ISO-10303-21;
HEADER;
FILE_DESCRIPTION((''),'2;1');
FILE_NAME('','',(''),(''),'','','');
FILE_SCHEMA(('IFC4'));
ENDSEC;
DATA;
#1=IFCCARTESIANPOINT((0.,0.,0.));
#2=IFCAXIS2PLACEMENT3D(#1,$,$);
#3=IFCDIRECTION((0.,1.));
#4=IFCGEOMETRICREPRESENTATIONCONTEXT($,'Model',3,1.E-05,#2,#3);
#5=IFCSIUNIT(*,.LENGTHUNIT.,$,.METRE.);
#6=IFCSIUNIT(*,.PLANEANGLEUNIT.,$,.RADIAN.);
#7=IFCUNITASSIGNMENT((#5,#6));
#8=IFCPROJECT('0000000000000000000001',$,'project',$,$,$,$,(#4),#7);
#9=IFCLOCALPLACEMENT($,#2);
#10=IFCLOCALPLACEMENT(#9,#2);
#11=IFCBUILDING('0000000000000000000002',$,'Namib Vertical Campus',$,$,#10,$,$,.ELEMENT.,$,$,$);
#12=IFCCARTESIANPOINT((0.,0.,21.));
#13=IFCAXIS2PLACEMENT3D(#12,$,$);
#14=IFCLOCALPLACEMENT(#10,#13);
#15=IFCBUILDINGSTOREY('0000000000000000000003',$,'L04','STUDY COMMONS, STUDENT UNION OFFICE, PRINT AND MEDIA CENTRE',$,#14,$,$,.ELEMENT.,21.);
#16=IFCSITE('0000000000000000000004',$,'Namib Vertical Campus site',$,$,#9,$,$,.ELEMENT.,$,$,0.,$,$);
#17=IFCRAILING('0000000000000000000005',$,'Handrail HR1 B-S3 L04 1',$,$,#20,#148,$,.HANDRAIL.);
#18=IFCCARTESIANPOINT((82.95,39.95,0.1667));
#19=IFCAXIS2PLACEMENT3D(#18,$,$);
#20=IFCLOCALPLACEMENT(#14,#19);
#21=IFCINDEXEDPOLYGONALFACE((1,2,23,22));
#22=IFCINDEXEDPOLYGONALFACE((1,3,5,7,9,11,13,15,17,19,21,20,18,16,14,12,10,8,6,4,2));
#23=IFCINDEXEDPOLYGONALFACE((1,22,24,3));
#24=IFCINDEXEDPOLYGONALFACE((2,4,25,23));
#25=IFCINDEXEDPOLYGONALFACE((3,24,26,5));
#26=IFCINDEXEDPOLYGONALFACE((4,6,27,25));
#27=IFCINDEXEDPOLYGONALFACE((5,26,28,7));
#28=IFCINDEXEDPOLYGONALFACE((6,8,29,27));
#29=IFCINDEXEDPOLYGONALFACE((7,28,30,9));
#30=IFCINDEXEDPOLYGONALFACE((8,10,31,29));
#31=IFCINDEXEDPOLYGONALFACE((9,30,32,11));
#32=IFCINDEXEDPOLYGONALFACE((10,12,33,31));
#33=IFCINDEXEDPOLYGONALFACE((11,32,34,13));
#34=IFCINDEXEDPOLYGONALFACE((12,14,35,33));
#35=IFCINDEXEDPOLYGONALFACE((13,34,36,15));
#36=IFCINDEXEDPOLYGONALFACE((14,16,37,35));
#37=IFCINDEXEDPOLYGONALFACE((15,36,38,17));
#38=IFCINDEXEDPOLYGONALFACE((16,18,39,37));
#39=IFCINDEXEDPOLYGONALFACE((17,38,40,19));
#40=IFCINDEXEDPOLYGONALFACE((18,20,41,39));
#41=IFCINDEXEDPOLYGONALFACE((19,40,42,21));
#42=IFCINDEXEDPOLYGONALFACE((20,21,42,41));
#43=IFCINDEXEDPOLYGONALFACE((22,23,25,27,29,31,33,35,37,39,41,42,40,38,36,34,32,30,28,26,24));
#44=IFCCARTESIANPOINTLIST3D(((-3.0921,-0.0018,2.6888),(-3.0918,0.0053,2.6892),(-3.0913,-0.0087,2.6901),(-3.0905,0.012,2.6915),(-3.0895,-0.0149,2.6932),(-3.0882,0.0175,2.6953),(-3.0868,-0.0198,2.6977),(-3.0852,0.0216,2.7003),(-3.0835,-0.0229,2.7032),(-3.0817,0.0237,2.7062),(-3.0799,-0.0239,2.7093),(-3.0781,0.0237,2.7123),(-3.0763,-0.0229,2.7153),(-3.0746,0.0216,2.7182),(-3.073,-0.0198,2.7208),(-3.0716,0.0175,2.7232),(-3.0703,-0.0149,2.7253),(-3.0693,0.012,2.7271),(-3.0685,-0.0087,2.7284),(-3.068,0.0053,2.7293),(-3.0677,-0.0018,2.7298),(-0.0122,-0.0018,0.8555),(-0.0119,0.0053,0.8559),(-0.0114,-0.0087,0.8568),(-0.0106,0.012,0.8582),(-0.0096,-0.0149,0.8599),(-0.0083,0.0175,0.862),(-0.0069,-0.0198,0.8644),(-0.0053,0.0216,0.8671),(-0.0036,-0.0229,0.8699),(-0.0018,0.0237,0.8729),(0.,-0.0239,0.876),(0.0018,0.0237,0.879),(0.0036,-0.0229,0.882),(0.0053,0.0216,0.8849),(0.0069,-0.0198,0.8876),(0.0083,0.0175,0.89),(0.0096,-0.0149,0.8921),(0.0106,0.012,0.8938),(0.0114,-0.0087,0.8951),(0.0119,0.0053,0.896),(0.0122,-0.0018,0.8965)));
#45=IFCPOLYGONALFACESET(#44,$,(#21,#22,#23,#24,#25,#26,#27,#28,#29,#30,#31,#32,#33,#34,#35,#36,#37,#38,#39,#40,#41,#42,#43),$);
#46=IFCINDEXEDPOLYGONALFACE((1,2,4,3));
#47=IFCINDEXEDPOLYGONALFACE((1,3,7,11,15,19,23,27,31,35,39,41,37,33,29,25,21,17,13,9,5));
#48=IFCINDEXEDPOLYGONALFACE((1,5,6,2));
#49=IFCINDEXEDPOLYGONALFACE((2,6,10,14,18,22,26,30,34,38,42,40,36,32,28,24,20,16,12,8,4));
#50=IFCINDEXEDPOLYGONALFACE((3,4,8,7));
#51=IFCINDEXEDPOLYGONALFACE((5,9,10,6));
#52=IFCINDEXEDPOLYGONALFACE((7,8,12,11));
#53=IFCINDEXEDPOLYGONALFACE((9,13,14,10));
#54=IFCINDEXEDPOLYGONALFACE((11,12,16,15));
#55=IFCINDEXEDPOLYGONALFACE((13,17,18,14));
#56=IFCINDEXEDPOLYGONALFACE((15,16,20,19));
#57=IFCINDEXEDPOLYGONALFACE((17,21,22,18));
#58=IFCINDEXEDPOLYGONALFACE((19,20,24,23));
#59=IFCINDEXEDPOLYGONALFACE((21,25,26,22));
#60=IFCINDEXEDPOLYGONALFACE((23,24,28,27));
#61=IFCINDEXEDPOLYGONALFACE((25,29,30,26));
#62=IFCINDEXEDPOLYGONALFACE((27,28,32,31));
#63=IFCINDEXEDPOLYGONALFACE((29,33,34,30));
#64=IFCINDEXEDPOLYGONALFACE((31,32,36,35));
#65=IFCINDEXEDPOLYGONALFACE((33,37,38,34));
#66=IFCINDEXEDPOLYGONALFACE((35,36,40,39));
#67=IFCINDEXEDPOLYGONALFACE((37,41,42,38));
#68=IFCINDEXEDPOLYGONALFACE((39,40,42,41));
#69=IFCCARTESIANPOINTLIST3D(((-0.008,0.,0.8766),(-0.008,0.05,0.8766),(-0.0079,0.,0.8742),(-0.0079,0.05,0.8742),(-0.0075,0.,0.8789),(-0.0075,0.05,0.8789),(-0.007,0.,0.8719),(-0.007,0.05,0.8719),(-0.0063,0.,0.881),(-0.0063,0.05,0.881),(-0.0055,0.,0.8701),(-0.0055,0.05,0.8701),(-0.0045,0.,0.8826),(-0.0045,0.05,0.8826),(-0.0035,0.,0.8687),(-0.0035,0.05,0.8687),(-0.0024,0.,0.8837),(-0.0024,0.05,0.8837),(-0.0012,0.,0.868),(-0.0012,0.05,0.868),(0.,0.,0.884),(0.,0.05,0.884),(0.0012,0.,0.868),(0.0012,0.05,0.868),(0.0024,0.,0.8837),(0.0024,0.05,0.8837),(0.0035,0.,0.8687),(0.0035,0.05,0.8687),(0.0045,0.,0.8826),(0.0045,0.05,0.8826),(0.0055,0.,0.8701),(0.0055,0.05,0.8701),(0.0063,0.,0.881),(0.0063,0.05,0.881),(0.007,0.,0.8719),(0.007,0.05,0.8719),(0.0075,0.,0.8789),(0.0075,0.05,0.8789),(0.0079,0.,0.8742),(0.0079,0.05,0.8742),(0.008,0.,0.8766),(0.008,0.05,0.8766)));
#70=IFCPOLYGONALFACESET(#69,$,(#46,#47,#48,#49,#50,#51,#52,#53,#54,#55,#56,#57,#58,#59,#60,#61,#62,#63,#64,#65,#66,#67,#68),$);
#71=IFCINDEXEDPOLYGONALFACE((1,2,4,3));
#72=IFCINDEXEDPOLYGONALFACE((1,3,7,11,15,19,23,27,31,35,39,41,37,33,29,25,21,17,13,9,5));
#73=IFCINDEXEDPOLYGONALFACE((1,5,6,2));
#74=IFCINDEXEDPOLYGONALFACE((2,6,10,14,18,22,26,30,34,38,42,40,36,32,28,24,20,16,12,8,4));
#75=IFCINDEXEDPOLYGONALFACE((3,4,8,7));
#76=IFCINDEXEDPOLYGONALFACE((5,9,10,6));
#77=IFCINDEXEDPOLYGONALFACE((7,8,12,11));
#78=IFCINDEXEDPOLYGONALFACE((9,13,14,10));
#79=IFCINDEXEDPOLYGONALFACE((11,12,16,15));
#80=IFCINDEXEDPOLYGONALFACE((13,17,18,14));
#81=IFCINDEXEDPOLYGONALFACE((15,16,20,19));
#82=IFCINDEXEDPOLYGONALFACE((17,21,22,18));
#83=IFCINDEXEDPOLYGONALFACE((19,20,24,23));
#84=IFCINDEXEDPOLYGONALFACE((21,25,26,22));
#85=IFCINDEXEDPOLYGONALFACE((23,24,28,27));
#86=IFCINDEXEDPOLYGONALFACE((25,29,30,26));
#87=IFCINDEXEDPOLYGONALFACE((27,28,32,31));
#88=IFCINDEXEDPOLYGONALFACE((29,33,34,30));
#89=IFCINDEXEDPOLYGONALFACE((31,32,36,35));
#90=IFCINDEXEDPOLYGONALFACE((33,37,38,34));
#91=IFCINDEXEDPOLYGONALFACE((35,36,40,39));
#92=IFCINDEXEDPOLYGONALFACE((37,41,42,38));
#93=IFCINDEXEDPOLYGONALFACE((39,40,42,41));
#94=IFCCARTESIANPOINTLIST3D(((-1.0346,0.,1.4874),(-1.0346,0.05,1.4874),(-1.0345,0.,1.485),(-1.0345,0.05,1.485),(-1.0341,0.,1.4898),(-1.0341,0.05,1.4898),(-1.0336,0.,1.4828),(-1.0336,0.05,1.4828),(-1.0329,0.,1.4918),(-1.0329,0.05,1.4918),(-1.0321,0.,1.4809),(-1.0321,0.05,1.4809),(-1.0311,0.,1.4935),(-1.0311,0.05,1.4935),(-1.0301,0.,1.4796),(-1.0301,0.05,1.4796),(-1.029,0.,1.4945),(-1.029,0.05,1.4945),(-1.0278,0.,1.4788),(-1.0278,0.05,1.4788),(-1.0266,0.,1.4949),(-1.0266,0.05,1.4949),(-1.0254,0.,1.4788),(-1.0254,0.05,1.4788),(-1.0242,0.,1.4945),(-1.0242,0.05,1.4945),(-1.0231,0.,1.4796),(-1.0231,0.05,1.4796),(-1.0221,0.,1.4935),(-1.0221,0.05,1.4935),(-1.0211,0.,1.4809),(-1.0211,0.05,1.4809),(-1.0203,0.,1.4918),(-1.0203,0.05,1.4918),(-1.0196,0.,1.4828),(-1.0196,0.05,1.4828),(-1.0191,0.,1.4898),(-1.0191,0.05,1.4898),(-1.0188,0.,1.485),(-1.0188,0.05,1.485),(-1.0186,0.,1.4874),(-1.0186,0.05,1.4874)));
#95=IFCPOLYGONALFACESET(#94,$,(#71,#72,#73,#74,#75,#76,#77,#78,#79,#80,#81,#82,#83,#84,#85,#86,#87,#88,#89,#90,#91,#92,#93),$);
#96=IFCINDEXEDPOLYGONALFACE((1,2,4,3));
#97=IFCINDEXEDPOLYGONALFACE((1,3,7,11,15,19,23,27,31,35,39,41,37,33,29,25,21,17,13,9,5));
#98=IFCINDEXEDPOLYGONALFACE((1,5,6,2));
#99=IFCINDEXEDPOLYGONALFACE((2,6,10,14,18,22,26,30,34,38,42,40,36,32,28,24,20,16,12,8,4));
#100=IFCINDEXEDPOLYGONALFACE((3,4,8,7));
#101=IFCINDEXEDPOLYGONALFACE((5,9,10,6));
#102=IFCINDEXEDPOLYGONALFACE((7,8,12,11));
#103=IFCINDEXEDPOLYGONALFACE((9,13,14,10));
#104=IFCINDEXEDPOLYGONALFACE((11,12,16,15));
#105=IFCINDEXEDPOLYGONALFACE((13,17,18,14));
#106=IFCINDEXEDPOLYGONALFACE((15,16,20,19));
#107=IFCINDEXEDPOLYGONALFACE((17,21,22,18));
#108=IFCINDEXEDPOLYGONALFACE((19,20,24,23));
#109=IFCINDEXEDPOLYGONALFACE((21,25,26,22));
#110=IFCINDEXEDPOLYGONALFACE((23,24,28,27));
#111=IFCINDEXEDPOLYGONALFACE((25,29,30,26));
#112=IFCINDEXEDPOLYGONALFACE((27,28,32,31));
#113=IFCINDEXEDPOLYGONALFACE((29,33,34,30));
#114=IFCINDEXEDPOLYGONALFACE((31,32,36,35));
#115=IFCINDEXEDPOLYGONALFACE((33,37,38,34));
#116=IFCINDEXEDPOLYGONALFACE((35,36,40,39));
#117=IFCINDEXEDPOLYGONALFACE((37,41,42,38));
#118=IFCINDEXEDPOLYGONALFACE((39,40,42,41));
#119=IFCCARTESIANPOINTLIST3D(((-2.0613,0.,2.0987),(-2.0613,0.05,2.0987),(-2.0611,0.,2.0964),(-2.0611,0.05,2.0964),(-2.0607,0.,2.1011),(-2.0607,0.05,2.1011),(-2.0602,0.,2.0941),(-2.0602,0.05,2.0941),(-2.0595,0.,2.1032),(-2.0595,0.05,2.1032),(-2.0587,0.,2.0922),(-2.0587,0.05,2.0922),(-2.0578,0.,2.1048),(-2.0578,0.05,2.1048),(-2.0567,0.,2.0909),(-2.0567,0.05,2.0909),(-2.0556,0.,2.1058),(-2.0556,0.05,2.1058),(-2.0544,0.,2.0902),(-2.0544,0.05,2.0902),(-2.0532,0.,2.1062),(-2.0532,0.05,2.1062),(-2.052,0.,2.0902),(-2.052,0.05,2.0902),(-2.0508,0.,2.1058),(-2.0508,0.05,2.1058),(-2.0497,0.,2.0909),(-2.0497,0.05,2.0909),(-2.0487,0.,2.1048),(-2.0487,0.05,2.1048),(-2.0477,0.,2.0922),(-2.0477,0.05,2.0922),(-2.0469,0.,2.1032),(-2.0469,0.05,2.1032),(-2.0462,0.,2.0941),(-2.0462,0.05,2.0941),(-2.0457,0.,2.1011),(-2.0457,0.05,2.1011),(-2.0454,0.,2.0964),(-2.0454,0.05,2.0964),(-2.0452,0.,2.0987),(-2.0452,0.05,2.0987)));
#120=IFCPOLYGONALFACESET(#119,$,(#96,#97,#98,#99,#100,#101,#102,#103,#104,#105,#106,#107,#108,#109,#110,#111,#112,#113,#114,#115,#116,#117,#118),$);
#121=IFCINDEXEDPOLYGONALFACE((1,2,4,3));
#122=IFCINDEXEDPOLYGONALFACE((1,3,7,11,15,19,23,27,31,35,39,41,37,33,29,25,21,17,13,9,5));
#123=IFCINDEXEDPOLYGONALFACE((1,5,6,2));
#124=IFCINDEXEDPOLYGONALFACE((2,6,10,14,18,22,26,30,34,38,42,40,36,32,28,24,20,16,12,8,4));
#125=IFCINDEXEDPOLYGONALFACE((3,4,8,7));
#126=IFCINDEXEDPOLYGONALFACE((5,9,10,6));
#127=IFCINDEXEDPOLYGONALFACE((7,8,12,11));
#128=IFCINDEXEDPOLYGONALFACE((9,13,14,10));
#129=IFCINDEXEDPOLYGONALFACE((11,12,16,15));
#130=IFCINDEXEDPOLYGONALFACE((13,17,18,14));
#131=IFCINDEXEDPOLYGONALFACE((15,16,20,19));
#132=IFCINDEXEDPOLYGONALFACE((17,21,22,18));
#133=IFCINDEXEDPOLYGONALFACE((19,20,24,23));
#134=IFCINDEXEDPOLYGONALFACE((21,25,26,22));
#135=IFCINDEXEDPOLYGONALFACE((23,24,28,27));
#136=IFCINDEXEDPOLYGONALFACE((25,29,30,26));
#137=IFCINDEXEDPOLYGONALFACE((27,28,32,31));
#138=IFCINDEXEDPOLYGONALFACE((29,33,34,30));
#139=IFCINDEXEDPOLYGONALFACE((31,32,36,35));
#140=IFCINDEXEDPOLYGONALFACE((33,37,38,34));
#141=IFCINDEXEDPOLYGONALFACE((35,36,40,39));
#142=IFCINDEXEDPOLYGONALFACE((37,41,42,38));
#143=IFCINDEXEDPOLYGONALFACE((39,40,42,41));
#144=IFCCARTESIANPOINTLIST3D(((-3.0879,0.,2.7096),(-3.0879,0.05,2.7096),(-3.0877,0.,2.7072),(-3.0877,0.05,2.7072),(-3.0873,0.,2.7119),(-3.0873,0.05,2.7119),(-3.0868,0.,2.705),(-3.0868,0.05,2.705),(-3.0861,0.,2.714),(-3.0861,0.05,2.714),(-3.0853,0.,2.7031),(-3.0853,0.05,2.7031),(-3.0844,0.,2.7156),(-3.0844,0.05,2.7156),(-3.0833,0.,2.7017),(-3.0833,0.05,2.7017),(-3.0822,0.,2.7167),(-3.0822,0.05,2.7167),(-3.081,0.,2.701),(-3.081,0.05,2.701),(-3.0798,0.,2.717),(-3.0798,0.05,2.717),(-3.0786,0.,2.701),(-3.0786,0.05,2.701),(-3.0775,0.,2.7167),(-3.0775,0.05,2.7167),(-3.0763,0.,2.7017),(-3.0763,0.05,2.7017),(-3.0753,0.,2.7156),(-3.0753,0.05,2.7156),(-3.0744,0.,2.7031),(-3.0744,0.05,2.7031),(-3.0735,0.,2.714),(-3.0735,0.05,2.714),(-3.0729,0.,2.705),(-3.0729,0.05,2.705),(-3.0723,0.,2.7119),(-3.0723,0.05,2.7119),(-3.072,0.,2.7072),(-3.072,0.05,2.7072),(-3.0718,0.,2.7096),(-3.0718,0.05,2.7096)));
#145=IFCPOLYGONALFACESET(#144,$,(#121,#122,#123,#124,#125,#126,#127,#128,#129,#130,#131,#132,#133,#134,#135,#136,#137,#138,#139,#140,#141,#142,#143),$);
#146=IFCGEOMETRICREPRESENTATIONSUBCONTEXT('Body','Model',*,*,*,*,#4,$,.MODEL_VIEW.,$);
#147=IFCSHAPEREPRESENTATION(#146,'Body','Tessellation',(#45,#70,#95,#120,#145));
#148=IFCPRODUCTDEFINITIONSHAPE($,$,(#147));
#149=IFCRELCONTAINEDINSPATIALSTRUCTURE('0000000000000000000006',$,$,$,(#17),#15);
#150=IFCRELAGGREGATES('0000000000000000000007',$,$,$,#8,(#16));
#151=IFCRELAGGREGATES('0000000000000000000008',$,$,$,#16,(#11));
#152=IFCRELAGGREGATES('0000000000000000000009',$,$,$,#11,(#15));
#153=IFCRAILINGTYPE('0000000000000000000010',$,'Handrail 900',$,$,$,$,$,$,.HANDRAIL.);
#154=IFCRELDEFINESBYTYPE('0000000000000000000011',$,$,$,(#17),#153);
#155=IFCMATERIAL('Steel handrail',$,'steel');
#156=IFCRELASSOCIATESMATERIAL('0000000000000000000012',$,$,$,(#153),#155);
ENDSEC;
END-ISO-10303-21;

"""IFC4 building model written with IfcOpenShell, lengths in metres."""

from ifc_helpers import new_model, si_unit, direction, frame, origin, origin_2d, place, context, subcontext, project, spatial, circle, extrude, material, type_object, element, save


model = new_model("IFC4")

# Units and contexts
model_context = context("Model", 3, precision=1e-05, world=origin(), true_north=direction((0.0, 1.0)))
body_context = subcontext(model_context, "Body", "Model", "MODEL_VIEW")
ifc_project = project(units=[si_unit("LENGTHUNIT", "METRE"), si_unit("PLANEANGLEUNIT", "RADIAN")], contexts=[model_context])

# Site, building, storey
site_placement = place(None, origin())
site = spatial("IfcSite", under=ifc_project, at=site_placement, Name="Namib Vertical Campus site", CompositionType="ELEMENT", RefElevation=0.0)
building_placement = place(site_placement, origin())
building = spatial("IfcBuilding", under=site, at=building_placement, Name="Namib Vertical Campus", CompositionType="ELEMENT")
storey_placement = place(building_placement, frame((0.0, 0.0, 21.0)))
storey = spatial("IfcBuildingStorey", under=building, at=storey_placement, Name="L04", Description="STUDY COMMONS, STUDENT UNION OFFICE, PRINT AND MEDIA CENTRE", CompositionType="ELEMENT", Elevation=21.0)

# Railing
ifc_material_1 = material(Name="Steel handrail", Category="steel")
railing_type_1 = type_object("IfcRailingType", Name="Handrail 900", PredefinedType="HANDRAIL", material=ifc_material_1)
railing_1_placement = place(storey_placement, frame((82.95, 39.95, 0.1667)))
element("IfcRailing", 1, at=railing_1_placement, inside=storey, type_object=railing_type_1, Name="Handrail HR1 B-S3 L04 1", PredefinedType="HANDRAIL", context=body_context, shape_type="SweptSolid", body=[
    extrude(circle(Radius=0.0239, at=origin_2d()), frame((0.0, 0.0, 0.876), z_axis=(-0.859291, 0.0, 0.511487), x_axis=(0.0, -1.0, 0.0)), (0.0, 0.0, 1.0), 3.5842),
    extrude(circle(Radius=0.0081, at=origin_2d()), frame((0.0, 0.0, 0.876), z_axis=(0.0, 1.0, 0.0), x_axis=(0.0, 0.0, 1.0)), (0.0, 0.0, 1.0), 0.05),
    extrude(circle(Radius=0.0081, at=origin_2d()), frame((-1.0266, 0.0, 1.4868), z_axis=(0.0, 1.0, 0.0), x_axis=(0.0, 0.0, 1.0)), (0.0, 0.0, 1.0), 0.05),
    extrude(circle(Radius=0.0081, at=origin_2d()), frame((-2.0532, 0.0, 2.0981), z_axis=(0.0, 1.0, 0.0), x_axis=(0.0, 0.0, 1.0)), (0.0, 0.0, 1.0), 0.05),
    extrude(circle(Radius=0.0081, at=origin_2d()), frame((-3.0798, 0.0, 2.709), z_axis=(0.0, 1.0, 0.0), x_axis=(0.0, 0.0, 1.0)), (0.0, 0.0, 1.0), 0.05),
])

save(model, "model.ifc")
